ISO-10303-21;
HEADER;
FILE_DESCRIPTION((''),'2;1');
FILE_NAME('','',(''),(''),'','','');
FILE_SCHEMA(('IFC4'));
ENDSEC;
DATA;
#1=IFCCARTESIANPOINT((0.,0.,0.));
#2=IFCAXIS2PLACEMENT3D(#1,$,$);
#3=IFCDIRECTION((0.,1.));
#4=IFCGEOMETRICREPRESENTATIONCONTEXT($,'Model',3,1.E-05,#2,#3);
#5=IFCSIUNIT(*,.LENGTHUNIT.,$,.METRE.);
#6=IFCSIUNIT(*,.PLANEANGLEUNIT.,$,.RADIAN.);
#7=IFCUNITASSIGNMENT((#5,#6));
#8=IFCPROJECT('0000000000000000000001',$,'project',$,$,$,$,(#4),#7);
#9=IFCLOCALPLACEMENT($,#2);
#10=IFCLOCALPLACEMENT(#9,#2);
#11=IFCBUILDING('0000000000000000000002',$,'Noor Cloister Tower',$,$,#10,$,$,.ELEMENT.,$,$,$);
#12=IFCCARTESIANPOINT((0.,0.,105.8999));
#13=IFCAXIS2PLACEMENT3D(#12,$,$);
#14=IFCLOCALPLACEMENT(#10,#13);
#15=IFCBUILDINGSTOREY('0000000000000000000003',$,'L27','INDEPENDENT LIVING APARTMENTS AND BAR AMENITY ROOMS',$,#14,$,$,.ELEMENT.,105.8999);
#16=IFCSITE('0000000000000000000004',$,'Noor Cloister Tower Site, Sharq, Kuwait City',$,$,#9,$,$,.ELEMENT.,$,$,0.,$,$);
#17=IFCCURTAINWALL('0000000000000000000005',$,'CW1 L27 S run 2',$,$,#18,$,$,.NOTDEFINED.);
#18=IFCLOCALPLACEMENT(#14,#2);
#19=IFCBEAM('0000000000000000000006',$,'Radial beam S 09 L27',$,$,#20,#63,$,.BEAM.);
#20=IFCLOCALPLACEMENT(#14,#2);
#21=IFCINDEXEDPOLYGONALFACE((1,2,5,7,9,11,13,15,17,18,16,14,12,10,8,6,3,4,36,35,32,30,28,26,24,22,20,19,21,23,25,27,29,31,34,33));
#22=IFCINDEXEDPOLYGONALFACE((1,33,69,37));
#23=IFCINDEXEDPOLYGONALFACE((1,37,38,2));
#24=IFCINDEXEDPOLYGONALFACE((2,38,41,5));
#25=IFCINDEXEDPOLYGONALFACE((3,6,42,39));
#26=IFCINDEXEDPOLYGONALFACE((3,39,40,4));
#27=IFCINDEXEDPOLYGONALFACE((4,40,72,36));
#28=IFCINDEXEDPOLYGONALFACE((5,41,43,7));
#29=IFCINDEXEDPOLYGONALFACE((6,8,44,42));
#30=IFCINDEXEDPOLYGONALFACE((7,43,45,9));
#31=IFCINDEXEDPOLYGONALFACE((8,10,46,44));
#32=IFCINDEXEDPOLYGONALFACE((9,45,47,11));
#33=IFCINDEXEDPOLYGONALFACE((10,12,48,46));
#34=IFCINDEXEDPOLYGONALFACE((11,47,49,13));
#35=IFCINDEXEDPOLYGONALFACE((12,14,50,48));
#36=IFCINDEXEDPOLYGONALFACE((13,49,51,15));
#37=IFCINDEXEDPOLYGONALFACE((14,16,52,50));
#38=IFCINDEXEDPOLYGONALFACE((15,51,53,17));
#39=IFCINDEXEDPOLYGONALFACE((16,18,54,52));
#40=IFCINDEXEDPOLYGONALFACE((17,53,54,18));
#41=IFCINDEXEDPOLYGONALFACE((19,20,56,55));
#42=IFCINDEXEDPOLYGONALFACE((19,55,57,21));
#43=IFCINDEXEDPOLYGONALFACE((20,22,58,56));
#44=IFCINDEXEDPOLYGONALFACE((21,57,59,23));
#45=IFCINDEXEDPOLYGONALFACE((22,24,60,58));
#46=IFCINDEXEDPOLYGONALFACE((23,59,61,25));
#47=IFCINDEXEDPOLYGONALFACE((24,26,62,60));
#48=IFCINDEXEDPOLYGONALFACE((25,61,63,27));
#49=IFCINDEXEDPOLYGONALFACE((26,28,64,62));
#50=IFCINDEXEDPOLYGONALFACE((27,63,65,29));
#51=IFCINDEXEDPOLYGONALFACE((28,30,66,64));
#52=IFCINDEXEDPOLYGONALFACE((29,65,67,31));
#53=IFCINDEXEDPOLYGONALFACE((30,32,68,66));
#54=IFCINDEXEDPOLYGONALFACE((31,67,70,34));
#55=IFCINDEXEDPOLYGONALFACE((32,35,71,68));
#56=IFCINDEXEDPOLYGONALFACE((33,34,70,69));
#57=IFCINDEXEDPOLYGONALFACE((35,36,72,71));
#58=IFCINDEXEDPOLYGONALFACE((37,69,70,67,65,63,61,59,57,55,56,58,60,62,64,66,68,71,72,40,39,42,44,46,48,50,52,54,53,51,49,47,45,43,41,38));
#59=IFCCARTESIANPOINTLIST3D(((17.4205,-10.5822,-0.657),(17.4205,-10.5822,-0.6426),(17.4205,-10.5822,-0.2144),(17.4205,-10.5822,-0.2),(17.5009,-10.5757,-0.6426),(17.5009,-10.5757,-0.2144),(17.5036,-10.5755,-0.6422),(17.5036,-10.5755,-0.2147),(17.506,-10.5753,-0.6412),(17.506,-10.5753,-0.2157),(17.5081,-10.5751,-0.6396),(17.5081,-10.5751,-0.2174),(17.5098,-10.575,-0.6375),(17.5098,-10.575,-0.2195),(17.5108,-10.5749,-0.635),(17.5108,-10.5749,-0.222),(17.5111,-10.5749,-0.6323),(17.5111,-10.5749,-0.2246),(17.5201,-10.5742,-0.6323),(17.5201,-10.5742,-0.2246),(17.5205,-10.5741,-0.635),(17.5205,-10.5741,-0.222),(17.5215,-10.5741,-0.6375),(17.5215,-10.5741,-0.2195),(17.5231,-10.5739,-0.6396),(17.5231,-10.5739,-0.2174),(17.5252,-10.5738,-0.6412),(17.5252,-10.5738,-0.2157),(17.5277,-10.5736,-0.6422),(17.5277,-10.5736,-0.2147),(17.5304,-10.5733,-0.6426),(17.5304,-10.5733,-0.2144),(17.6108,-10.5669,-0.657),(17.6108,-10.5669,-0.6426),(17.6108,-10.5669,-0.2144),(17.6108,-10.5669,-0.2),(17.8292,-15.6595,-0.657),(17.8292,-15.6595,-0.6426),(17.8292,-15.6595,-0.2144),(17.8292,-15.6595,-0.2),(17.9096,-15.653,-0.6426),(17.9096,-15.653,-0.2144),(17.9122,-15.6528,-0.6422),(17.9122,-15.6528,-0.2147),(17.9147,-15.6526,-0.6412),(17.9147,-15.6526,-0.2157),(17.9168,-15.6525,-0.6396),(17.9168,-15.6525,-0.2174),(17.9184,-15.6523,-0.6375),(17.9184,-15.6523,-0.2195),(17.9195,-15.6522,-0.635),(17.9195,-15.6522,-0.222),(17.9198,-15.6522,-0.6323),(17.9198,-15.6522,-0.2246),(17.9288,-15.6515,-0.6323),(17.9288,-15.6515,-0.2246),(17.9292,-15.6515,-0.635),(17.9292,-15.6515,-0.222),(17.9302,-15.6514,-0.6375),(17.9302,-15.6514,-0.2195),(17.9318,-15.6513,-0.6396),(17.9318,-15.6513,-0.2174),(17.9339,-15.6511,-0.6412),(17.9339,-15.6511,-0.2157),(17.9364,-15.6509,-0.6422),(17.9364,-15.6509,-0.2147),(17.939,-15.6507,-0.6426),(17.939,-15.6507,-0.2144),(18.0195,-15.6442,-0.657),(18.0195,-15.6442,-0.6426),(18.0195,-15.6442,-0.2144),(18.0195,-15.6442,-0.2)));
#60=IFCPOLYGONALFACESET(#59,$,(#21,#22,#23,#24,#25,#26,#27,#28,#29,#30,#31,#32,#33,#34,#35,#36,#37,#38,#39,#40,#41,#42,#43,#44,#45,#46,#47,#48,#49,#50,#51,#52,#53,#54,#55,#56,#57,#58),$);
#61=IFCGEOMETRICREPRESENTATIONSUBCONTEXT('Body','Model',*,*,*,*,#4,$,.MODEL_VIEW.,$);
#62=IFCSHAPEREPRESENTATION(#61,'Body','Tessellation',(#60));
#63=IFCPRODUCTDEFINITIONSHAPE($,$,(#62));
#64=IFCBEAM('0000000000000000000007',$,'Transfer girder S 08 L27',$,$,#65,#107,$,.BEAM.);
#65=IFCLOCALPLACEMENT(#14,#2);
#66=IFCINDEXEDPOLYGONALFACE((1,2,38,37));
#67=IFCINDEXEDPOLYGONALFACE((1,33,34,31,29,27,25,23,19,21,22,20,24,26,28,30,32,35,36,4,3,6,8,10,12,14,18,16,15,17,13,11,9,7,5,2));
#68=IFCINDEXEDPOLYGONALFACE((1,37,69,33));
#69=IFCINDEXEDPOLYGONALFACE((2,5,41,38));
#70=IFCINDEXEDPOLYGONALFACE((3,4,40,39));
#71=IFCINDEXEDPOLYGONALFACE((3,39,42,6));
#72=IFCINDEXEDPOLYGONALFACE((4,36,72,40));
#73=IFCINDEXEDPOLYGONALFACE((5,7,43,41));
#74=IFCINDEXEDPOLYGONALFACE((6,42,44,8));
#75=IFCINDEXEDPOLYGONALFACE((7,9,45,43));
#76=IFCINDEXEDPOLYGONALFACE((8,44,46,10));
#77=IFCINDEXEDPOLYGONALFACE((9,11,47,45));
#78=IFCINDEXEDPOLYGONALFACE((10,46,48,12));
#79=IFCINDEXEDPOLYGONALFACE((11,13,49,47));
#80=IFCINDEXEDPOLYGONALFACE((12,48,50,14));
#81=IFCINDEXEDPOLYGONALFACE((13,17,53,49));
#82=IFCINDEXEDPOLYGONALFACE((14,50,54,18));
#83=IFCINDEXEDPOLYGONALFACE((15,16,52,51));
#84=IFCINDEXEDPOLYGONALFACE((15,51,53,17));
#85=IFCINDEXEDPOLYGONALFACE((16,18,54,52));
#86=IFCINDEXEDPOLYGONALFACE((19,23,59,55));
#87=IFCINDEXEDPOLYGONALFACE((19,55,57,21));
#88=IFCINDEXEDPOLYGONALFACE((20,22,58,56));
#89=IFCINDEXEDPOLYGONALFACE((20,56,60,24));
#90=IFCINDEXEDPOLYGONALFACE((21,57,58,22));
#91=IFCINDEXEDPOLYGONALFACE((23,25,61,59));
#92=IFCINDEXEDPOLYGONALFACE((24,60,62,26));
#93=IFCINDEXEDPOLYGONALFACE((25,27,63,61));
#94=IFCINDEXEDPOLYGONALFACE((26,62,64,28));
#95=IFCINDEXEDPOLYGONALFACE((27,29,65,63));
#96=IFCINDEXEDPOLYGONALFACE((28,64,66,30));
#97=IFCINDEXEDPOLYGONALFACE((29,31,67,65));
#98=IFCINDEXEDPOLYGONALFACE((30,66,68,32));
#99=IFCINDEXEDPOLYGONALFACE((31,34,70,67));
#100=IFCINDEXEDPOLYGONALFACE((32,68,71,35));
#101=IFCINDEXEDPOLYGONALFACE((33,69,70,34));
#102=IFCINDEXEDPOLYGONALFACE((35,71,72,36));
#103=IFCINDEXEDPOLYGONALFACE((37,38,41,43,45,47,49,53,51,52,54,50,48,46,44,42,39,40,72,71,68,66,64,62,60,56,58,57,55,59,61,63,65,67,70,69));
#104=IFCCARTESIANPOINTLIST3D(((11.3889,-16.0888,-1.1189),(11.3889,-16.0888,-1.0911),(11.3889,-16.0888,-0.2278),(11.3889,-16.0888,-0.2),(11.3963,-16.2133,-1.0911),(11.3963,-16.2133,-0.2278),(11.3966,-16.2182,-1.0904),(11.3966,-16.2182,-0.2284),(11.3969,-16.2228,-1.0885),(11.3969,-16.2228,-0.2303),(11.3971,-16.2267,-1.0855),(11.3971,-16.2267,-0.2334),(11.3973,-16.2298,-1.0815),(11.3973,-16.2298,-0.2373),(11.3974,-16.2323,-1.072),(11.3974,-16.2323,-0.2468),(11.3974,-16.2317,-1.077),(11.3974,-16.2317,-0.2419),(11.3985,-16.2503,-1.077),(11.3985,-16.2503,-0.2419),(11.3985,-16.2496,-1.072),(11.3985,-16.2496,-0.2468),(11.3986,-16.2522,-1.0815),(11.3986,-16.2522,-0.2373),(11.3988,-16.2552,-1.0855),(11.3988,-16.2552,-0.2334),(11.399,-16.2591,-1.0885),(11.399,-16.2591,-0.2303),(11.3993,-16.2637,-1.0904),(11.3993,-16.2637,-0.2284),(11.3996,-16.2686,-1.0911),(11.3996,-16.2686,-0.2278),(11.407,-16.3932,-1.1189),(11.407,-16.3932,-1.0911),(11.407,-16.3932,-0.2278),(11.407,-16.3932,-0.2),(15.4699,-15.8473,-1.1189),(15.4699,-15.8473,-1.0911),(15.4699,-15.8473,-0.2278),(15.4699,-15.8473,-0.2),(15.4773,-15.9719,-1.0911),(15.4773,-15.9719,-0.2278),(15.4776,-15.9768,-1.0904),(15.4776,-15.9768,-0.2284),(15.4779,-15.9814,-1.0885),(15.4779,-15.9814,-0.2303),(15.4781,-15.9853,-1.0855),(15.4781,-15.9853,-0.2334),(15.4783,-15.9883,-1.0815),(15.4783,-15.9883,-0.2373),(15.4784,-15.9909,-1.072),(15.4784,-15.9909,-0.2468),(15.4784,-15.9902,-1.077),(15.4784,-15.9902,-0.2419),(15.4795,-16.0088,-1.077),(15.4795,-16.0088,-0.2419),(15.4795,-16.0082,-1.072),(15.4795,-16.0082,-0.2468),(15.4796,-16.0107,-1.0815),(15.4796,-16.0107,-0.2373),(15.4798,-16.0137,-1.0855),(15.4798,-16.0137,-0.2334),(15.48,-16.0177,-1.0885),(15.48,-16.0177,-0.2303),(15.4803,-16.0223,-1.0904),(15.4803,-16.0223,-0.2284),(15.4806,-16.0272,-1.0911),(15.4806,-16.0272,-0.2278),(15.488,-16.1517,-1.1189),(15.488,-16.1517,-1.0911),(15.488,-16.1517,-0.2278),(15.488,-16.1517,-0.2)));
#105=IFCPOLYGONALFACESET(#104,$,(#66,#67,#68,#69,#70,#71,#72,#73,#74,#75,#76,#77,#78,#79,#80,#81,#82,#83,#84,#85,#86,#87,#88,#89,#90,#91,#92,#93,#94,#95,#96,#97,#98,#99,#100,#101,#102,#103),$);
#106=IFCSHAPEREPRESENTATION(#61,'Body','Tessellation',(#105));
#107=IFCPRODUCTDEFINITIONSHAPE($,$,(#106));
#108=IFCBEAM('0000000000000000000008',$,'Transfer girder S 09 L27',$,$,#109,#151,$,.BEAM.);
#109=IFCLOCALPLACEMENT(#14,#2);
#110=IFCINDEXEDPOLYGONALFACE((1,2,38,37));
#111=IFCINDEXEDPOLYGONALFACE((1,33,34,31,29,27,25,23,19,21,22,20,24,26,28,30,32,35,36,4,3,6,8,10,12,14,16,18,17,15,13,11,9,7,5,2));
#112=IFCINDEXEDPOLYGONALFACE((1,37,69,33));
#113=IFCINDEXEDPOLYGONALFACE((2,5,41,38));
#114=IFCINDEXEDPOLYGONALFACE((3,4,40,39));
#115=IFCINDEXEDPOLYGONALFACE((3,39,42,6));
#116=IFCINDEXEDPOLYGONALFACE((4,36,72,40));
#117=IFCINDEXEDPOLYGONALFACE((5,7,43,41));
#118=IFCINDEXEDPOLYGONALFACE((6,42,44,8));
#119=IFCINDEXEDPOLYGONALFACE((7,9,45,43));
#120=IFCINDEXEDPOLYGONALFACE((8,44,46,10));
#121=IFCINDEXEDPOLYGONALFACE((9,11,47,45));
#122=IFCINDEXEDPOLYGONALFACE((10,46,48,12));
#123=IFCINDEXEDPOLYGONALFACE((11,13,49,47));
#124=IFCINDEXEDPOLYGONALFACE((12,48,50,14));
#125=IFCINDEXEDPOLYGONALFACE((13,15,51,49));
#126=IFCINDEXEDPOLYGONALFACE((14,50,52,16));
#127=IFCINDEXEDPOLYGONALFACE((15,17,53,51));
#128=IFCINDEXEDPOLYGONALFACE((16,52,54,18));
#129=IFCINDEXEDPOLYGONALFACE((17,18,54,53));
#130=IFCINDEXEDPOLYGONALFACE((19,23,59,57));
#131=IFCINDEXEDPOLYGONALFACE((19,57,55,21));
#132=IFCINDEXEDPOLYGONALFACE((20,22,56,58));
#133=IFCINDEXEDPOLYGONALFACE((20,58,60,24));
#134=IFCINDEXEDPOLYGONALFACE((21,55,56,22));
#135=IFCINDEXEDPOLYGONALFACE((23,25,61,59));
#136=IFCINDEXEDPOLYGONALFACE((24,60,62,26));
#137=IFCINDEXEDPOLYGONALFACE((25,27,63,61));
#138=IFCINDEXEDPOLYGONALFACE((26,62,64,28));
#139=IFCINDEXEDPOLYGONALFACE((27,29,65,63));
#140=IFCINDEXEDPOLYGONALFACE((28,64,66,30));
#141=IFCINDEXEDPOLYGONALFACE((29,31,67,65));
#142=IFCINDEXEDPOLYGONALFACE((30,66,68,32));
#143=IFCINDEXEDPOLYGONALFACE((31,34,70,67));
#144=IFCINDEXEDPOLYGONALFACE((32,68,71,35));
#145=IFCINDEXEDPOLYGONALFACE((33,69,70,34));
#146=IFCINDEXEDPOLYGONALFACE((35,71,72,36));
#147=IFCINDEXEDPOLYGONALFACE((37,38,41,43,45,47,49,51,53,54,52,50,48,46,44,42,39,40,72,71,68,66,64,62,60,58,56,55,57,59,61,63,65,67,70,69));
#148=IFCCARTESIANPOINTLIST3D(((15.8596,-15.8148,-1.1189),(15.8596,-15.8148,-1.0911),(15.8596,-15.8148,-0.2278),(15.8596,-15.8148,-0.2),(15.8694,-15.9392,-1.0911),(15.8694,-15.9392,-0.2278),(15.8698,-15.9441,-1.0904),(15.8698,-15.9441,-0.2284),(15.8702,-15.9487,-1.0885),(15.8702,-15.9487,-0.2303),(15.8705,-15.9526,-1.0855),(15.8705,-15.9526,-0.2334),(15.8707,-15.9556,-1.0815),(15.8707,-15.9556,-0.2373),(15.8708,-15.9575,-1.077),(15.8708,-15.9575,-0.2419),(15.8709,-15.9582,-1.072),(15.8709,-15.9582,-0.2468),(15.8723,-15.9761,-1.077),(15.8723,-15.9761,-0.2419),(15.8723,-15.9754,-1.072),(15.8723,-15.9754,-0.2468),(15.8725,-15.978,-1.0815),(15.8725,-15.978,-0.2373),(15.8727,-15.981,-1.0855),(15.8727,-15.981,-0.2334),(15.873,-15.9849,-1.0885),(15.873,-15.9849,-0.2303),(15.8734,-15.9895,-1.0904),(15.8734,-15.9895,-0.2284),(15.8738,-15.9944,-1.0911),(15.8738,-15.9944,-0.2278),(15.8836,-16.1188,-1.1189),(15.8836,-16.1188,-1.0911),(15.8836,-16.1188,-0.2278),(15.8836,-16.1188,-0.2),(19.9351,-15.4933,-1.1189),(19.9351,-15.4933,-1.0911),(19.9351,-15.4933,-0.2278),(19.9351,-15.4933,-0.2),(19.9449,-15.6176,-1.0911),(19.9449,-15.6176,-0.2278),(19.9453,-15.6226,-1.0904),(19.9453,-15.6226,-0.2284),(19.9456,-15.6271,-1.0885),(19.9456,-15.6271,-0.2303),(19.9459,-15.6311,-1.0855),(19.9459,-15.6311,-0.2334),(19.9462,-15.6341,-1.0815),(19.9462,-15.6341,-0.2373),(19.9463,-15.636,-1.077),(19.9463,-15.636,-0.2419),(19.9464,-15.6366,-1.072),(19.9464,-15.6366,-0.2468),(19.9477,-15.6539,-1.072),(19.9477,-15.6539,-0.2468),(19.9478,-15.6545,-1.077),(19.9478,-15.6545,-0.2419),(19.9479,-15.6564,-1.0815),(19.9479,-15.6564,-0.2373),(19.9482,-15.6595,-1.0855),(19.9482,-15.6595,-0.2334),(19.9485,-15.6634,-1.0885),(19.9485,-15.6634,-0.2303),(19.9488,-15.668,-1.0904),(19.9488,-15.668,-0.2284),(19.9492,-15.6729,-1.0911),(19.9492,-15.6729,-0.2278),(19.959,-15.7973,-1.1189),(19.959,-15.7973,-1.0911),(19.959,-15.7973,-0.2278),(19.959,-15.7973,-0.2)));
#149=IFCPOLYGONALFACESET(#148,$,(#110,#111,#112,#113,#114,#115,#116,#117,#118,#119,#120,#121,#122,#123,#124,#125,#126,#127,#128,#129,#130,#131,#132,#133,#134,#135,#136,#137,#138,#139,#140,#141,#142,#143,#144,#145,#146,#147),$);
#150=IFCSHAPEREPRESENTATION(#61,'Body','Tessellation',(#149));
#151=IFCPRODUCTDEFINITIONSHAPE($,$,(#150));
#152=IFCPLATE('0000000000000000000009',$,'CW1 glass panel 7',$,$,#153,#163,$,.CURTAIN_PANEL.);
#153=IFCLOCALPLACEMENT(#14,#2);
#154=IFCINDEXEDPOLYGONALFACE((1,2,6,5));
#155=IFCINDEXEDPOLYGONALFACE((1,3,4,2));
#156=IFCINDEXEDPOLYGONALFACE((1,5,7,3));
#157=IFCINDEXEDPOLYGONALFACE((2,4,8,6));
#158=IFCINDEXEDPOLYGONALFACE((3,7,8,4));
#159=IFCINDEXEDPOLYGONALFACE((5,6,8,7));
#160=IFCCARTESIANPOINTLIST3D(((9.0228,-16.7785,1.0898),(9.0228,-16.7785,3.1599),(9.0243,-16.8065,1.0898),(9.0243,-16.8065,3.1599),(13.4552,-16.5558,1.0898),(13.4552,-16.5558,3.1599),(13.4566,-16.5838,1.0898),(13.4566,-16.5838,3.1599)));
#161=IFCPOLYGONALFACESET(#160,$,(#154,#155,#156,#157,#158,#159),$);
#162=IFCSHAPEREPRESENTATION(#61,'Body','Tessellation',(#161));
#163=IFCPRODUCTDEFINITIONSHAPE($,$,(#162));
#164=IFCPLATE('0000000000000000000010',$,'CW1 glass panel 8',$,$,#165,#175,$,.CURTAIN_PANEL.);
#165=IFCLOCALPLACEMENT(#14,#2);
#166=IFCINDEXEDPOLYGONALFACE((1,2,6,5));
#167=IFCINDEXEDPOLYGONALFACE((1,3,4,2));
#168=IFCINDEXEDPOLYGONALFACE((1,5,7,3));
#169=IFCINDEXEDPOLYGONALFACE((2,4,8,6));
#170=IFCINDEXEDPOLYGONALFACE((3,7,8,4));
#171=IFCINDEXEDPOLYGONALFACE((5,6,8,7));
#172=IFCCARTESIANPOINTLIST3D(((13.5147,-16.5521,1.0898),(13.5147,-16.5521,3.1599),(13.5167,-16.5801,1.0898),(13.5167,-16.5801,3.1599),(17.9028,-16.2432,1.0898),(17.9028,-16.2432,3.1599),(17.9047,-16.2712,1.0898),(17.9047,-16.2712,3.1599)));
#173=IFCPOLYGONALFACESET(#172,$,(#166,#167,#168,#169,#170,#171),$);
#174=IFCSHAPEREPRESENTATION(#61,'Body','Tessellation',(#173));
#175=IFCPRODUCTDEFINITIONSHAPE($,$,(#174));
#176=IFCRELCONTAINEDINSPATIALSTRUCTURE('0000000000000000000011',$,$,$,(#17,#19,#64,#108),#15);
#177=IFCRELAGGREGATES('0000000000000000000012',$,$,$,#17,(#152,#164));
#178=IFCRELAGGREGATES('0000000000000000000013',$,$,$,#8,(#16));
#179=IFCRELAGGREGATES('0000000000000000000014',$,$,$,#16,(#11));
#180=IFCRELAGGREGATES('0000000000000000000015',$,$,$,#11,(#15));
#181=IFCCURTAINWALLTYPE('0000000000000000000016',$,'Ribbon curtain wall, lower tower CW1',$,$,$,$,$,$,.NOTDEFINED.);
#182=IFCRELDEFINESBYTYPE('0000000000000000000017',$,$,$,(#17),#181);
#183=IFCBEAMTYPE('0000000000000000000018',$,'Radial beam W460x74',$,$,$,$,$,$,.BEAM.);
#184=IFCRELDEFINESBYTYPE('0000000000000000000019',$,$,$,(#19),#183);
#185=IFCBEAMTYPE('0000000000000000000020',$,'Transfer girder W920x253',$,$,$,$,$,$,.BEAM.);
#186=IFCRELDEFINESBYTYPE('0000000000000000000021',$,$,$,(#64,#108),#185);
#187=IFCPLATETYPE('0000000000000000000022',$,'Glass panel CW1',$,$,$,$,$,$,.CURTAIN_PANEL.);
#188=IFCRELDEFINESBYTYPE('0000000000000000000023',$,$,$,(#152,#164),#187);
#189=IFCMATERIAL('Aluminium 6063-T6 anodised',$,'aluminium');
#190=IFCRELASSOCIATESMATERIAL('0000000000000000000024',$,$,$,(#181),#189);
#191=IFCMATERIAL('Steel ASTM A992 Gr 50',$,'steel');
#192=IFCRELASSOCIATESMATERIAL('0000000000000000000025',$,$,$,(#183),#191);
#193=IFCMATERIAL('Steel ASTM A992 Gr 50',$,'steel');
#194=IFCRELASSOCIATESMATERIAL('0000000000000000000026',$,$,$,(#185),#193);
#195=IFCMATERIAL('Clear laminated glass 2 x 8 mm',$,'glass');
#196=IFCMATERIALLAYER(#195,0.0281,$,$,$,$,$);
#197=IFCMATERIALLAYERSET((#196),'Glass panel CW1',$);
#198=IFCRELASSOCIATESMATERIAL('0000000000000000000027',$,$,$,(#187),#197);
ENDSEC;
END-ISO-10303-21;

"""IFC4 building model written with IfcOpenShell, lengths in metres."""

from ifc_helpers import new_model, si_unit, direction, frame, origin, origin_2d, place, context, subcontext, project, spatial, rectangle, i_section, extrude, material, layer, layer_set, material_profile, profile_set, type_object, element, aggregate, save


model = new_model("IFC4")

# Units and contexts
model_context = context("Model", 3, precision=1e-05, world=origin(), true_north=direction((0.0, 1.0)))
body_context = subcontext(model_context, "Body", "Model", "MODEL_VIEW")
ifc_project = project(units=[si_unit("LENGTHUNIT", "METRE"), si_unit("PLANEANGLEUNIT", "RADIAN")], contexts=[model_context])

# Site, building, storey
site_placement = place(None, origin())
site = spatial("IfcSite", under=ifc_project, at=site_placement, Name="Noor Cloister Tower Site, Sharq, Kuwait City", CompositionType="ELEMENT", RefElevation=0.0)
building_placement = place(site_placement, origin())
building = spatial("IfcBuilding", under=site, at=building_placement, Name="Noor Cloister Tower", CompositionType="ELEMENT")
storey_placement = place(building_placement, frame((0.0, 0.0, 105.8999)))
storey = spatial("IfcBuildingStorey", under=building, at=storey_placement, Name="L27", Description="INDEPENDENT LIVING APARTMENTS AND BAR AMENITY ROOMS", CompositionType="ELEMENT", Elevation=105.8999)

# Curtain wall
ifc_material_1 = material(Name="Aluminium 6063-T6 anodised", Category="aluminium")
curtain_wall_type = type_object("IfcCurtainWallType", Name="Ribbon curtain wall, lower tower CW1", PredefinedType="NOTDEFINED", material=ifc_material_1)
curtain_wall_placement = place(storey_placement, origin())
curtain_wall = element("IfcCurtainWall", 1, at=curtain_wall_placement, inside=storey, type_object=curtain_wall_type, Name="CW1 L27 S run 2", PredefinedType="NOTDEFINED")

# Beams
ifc_material_2 = material(Name="Steel ASTM A992 Gr 50", Category="steel")
ifc_material_profile_1 = material_profile(ifc_material_2, i_section(OverallWidth=0.1909, OverallDepth=0.457, WebThickness=0.009, FlangeThickness=0.0144, FilletRadius=0.0103, at=origin_2d()), Name="W460x74")
ifc_profile_set_1 = profile_set([ifc_material_profile_1], Name="Steel ASTM A992 Gr 50")
beam_type_1 = type_object("IfcBeamType", Name="Radial beam W460x74", PredefinedType="BEAM", material=ifc_profile_set_1)
beam_1_placement = place(storey_placement, frame((17.9243, -15.6519, -0.4285), z_axis=(-0.080233, 0.996776, 0.0), x_axis=(-0.996776, -0.080233, 0.0)))
element("IfcBeam", 2, at=beam_1_placement, inside=storey, type_object=beam_type_1, Name="Radial beam S 09 L27", PredefinedType="BEAM", context=body_context, shape_type="SweptSolid", body=[
    extrude(i_section(OverallWidth=0.1909, OverallDepth=0.457, WebThickness=0.009, FlangeThickness=0.0144, FilletRadius=0.0103, at=origin_2d()), origin(), (0.0, 0.0, 1.0), 5.0938),
])
ifc_material_3 = material(Name="Steel ASTM A992 Gr 50", Category="steel")
ifc_material_profile_2 = material_profile(ifc_material_3, i_section(OverallWidth=0.3049, OverallDepth=0.9189, WebThickness=0.0173, FlangeThickness=0.0278, FilletRadius=0.019, at=origin_2d()), Name="W920x253")
ifc_profile_set_2 = profile_set([ifc_material_profile_2], Name="Steel ASTM A992 Gr 50")
beam_type_2 = type_object("IfcBeamType", Name="Transfer girder W920x253", PredefinedType="BEAM", material=ifc_profile_set_2)
for number, where, z_axis, x_axis, name in (
    (3, (11.3979, -16.241, -0.6594), (0.998254, 0.059062, 0.0), (-0.059062, 0.998254, 0.0), "Transfer girder S 08 L27"),
    (4, (15.8716, -15.9668, -0.6594), (0.996902, 0.078651, 0.0), (-0.078651, 0.996902, 0.0), "Transfer girder S 09 L27"),
):
    element("IfcBeam", number, at=place(storey_placement, frame(where, z_axis=z_axis, x_axis=x_axis)), inside=storey, type_object=beam_type_2, Name=name, PredefinedType="BEAM", context=body_context, shape_type="SweptSolid", body=[
        extrude(i_section(OverallWidth=0.3049, OverallDepth=0.9189, WebThickness=0.0173, FlangeThickness=0.0278, FilletRadius=0.019, at=origin_2d()), origin(), (0.0, 0.0, 1.0), 4.0881),
    ])

# Plates
ifc_material_4 = material(Name="Clear laminated glass 2 x 8 mm", Category="glass")
ifc_layer_1 = layer(ifc_material_4, 0.0281)
ifc_layer_set_1 = layer_set([ifc_layer_1], Name="Glass panel CW1")
plate_type = type_object("IfcPlateType", Name="Glass panel CW1", PredefinedType="CURTAIN_PANEL", material=ifc_layer_set_1)
plate_1_placement = place(storey_placement, frame((11.2397, -16.6812, 1.0898), z_axis=(0.0, 0.0, 1.0), x_axis=(0.99874, 0.050176, 0.0)))
plate_1 = element("IfcPlate", 5, at=plate_1_placement, type_object=plate_type, Name="CW1 glass panel 7", PredefinedType="CURTAIN_PANEL", context=body_context, shape_type="SweptSolid", body=[
    extrude(rectangle(XDim=4.438, YDim=0.0281, at=origin_2d()), origin(), (0.0, 0.0, 1.0), 2.0701),
])
plate_2_placement = place(storey_placement, frame((15.7097, -16.4116, 1.0898), z_axis=(0.0, 0.0, 1.0), x_axis=(0.997532, 0.070218, 0.0)))
plate_2 = element("IfcPlate", 6, at=plate_2_placement, type_object=plate_type, Name="CW1 glass panel 8", PredefinedType="CURTAIN_PANEL", context=body_context, shape_type="SweptSolid", body=[
    extrude(rectangle(XDim=4.3989, YDim=0.0281, at=origin_2d()), origin(), (0.0, 0.0, 1.0), 2.0701),
])
aggregate(curtain_wall, [plate_1, plate_2])

save(model, "model.ifc")
